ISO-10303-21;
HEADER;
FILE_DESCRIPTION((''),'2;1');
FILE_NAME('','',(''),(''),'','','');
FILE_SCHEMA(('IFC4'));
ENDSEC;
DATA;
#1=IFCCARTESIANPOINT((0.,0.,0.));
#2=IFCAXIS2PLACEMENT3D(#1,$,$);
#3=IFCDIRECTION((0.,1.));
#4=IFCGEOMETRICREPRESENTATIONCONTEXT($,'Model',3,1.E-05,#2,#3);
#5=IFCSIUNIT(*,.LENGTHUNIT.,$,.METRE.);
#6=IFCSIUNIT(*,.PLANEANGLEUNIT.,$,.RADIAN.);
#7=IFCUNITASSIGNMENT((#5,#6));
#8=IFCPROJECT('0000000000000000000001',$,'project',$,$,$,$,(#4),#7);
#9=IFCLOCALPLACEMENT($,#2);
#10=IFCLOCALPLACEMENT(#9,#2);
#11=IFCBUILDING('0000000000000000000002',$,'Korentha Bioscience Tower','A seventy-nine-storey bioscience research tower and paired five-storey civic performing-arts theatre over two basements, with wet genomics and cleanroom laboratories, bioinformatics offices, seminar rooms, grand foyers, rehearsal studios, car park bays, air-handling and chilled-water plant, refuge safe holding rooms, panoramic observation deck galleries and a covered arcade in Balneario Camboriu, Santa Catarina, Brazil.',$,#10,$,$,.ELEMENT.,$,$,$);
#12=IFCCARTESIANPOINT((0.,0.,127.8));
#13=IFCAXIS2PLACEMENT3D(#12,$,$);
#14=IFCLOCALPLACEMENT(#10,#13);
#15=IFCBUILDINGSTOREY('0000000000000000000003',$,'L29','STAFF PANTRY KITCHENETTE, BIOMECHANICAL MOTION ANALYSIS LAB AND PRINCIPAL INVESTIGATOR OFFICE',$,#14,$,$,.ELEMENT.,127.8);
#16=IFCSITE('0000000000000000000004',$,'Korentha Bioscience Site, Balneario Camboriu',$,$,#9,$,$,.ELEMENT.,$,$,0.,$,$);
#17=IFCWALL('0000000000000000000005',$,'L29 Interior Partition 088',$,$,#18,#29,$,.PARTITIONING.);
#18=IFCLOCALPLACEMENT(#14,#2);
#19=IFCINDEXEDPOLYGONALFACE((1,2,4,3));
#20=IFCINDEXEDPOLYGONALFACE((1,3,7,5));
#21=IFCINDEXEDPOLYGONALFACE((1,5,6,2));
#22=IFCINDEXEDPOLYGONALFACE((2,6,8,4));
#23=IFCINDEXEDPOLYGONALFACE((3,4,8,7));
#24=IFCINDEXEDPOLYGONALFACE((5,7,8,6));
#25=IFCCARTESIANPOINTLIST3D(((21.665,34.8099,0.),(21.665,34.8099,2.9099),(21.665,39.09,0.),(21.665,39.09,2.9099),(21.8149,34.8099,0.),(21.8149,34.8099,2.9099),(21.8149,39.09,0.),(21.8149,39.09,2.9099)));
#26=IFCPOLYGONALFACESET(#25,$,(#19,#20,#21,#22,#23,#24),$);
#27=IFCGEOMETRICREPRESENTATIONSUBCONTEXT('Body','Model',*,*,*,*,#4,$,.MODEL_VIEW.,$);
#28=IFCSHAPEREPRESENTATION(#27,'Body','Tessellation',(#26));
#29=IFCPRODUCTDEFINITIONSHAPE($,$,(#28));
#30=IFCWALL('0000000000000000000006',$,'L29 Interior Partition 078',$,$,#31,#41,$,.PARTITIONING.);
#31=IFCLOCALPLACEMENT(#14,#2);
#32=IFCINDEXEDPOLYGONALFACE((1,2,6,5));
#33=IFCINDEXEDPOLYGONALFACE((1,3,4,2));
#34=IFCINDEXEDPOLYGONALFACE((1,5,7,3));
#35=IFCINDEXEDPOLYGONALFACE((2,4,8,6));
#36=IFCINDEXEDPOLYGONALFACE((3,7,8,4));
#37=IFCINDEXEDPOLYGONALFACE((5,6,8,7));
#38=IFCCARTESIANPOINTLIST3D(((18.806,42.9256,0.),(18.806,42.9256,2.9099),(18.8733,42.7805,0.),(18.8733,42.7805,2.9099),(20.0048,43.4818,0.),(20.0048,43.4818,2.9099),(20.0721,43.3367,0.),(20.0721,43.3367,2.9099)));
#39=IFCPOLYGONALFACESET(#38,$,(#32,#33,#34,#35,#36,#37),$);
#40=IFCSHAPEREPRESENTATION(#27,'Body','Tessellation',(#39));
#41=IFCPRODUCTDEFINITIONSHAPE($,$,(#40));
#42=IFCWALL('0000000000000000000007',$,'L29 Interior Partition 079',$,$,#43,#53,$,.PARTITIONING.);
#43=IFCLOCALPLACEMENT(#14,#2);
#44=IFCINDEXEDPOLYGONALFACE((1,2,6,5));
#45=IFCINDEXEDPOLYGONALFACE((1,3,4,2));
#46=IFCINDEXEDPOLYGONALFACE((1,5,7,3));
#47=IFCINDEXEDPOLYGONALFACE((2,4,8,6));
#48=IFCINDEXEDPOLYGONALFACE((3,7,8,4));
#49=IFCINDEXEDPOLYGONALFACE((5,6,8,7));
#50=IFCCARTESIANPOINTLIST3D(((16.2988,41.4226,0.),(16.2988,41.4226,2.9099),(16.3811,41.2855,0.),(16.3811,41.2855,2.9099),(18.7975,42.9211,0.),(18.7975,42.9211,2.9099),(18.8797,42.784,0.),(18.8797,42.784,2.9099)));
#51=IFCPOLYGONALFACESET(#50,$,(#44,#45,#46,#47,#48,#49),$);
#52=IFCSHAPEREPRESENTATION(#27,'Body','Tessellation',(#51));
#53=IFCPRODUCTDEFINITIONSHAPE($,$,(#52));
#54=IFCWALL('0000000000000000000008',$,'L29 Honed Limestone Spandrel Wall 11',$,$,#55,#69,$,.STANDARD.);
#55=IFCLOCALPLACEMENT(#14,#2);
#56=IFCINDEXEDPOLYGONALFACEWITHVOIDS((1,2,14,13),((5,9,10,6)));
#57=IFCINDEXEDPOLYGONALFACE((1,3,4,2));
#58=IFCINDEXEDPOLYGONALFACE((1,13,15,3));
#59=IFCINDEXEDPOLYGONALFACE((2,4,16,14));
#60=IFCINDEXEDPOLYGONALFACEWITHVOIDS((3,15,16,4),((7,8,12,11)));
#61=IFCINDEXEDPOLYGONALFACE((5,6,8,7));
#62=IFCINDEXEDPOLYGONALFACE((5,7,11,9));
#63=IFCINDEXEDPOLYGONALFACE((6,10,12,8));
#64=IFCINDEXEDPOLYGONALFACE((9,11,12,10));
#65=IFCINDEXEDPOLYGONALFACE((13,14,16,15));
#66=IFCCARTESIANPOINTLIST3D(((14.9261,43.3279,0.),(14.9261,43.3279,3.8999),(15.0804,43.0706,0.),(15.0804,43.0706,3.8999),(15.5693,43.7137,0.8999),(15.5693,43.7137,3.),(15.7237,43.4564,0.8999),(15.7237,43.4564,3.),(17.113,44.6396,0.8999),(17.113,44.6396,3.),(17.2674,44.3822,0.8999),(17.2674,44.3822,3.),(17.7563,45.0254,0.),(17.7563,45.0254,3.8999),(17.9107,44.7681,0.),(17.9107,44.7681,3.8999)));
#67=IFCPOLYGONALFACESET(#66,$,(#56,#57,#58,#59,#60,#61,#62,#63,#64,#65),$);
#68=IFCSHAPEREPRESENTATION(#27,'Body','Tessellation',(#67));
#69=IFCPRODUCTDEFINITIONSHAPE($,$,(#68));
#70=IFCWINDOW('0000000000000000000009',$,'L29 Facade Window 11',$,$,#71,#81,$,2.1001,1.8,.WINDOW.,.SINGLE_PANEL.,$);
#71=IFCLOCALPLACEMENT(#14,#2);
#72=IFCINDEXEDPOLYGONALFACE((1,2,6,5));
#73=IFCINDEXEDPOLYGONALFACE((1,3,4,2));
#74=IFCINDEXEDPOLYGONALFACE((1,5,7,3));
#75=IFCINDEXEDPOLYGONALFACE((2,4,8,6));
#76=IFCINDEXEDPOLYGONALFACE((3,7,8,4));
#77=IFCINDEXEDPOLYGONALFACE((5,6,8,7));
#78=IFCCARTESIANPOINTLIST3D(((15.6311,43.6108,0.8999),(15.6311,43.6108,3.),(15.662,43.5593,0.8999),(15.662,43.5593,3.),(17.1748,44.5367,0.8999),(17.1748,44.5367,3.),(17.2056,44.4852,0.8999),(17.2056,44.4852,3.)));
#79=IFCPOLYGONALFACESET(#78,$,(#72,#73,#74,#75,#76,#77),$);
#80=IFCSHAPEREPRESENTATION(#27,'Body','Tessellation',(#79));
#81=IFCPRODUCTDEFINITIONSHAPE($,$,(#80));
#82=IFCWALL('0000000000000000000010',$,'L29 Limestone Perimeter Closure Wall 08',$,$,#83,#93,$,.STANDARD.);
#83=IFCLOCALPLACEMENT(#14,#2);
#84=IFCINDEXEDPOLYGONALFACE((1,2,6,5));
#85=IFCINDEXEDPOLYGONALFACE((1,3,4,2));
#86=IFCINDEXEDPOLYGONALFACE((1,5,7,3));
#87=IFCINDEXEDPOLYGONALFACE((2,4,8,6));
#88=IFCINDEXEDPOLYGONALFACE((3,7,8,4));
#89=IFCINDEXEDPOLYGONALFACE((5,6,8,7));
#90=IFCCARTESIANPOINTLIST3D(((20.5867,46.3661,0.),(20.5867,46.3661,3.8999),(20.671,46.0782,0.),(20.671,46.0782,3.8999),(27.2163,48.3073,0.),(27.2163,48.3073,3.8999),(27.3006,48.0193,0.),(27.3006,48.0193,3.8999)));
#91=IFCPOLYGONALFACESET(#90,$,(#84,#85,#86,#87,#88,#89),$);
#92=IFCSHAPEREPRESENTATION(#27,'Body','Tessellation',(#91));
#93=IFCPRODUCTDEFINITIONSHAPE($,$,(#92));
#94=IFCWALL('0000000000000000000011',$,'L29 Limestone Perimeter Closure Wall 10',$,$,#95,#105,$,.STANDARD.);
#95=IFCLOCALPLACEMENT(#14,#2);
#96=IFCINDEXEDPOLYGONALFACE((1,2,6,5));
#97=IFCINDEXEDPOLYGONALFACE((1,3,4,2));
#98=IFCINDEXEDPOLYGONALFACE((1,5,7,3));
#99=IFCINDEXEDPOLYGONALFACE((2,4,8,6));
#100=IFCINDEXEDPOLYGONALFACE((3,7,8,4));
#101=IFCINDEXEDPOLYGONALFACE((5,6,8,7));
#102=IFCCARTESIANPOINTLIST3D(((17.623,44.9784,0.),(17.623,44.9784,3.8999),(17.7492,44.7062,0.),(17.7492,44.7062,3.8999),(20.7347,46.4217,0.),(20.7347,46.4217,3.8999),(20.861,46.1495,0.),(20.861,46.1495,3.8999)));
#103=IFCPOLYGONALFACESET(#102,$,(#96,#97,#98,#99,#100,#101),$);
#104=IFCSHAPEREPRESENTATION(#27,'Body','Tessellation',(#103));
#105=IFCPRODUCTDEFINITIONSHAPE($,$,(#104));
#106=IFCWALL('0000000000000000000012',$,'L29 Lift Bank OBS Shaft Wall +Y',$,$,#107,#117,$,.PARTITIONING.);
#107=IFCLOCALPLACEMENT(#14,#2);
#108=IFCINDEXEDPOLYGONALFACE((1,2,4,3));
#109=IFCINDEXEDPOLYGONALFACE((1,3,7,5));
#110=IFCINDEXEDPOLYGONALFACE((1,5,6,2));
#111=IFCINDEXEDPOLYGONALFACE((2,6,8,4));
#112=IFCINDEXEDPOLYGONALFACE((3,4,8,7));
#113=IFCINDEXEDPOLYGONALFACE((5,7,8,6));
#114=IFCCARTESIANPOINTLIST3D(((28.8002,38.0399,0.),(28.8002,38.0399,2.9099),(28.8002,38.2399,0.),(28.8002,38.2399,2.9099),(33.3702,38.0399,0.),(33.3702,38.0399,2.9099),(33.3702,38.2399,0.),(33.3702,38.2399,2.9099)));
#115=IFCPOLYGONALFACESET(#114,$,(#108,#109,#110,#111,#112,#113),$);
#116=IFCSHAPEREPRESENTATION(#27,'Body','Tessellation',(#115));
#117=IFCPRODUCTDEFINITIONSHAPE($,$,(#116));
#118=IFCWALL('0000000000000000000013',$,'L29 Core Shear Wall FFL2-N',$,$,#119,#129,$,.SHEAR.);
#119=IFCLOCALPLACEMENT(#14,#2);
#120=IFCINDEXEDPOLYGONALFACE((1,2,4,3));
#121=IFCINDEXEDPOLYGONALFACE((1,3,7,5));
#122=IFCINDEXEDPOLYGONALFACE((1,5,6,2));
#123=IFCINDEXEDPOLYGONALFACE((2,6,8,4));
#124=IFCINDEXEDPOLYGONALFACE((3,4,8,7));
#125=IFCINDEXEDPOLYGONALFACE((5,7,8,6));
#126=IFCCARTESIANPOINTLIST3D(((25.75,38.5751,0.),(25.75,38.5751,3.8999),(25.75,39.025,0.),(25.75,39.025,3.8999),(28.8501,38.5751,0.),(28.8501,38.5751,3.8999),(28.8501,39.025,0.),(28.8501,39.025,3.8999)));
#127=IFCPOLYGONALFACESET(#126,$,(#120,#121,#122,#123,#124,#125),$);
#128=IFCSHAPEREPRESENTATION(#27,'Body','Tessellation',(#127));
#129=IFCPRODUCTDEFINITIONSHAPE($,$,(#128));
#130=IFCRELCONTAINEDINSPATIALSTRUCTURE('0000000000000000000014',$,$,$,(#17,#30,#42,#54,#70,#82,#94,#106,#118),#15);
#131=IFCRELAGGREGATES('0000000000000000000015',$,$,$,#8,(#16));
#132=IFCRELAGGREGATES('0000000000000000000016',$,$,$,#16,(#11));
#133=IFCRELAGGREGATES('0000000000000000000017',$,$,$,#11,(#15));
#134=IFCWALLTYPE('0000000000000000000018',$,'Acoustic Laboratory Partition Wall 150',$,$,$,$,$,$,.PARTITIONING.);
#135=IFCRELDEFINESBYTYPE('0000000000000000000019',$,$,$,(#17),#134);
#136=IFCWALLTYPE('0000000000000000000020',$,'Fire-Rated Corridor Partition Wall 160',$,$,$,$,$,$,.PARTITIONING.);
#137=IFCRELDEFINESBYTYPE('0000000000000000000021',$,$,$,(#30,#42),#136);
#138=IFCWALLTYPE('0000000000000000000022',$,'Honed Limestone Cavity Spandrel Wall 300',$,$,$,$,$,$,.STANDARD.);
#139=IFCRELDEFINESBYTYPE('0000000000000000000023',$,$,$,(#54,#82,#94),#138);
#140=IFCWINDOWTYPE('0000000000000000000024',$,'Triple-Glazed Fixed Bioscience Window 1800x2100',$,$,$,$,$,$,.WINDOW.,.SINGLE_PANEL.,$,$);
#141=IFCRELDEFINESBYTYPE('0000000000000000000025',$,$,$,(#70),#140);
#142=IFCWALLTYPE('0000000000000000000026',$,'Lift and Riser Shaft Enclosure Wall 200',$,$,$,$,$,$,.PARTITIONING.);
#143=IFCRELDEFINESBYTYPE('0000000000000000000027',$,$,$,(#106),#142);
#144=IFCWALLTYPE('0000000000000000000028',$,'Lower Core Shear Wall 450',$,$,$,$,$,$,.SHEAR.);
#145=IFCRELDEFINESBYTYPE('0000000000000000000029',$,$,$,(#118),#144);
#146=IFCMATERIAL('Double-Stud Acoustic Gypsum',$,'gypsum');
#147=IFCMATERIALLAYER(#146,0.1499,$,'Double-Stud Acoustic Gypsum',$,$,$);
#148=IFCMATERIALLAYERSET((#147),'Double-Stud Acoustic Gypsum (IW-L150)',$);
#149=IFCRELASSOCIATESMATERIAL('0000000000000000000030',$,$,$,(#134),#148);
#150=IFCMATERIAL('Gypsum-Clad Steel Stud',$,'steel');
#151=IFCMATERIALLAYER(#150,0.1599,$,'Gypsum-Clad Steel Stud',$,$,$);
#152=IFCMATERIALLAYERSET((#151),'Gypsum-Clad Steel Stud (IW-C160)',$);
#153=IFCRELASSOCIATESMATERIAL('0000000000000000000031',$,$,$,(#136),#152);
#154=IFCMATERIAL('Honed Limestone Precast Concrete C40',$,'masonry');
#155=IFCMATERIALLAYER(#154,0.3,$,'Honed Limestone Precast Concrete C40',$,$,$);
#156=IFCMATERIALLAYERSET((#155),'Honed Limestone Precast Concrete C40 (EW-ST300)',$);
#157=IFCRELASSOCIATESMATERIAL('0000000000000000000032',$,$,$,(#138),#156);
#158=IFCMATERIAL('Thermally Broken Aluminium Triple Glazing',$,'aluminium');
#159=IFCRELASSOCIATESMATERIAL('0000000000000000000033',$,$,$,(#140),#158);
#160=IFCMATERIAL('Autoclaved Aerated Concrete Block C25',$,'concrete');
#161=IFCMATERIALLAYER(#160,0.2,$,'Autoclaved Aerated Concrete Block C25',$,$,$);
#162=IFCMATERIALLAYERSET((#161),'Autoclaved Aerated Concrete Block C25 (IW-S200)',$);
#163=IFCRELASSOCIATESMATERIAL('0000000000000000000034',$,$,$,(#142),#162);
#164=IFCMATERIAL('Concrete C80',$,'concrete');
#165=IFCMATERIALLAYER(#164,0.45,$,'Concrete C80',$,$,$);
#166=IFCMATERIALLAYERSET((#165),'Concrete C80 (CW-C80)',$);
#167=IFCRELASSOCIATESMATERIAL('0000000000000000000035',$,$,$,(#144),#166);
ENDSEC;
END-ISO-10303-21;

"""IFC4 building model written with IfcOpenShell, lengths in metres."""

from ifc_helpers import new_model, si_unit, direction, frame, frame_2d, origin, place, context, subcontext, project, spatial, rectangle, extrude, material, layer, layer_set, type_object, element, fill, save


model = new_model("IFC4")

# Units and contexts
model_context = context("Model", 3, precision=1e-05, world=origin(), true_north=direction((0.0, 1.0)))
body_context = subcontext(model_context, "Body", "Model", "MODEL_VIEW")
ifc_project = project(units=[si_unit("LENGTHUNIT", "METRE"), si_unit("PLANEANGLEUNIT", "RADIAN")], contexts=[model_context])

# Site, building, storey
site_placement = place(None, origin())
site = spatial("IfcSite", under=ifc_project, at=site_placement, Name="Korentha Bioscience Site, Balneario Camboriu", CompositionType="ELEMENT", RefElevation=0.0)
building_placement = place(site_placement, origin())
building = spatial("IfcBuilding", under=site, at=building_placement, Name="Korentha Bioscience Tower", Description="A seventy-nine-storey bioscience research tower and paired five-storey civic performing-arts theatre over two basements, with wet genomics and cleanroom laboratories, bioinformatics offices, seminar rooms, grand foyers, rehearsal studios, car park bays, air-handling and chilled-water plant, refuge safe holding rooms, panoramic observation deck galleries and a covered arcade in Balneario Camboriu, Santa Catarina, Brazil.", CompositionType="ELEMENT")
storey_placement = place(building_placement, frame((0.0, 0.0, 127.8)))
storey = spatial("IfcBuildingStorey", under=building, at=storey_placement, Name="L29", Description="STAFF PANTRY KITCHENETTE, BIOMECHANICAL MOTION ANALYSIS LAB AND PRINCIPAL INVESTIGATOR OFFICE", CompositionType="ELEMENT", Elevation=127.8)

# Shared definitions
ifc_material_1 = material(Name="Concrete C80", Category="concrete")

# Walls
ifc_material_2 = material(Name="Double-Stud Acoustic Gypsum", Category="gypsum")
ifc_layer_1 = layer(ifc_material_2, 0.1499, Name="Double-Stud Acoustic Gypsum")
ifc_layer_set_1 = layer_set([ifc_layer_1], Name="Double-Stud Acoustic Gypsum (IW-L150)")
wall_type_1 = type_object("IfcWallType", Name="Acoustic Laboratory Partition Wall 150", PredefinedType="PARTITIONING", material=ifc_layer_set_1)
wall_1_placement = place(storey_placement, frame((21.74, 39.0901, 0.0), z_axis=(0.0, 0.0, 1.0), x_axis=(0.0, -1.0, 0.0)))
element("IfcWall", 1, at=wall_1_placement, inside=storey, type_object=wall_type_1, Name="L29 Interior Partition 088", PredefinedType="PARTITIONING", context=body_context, shape_type="SweptSolid", body=[
    extrude(rectangle(XDim=4.28, YDim=0.1499, at=frame_2d((2.1401, 0.0))), origin(), (0.0, 0.0, 1.0), 2.9099),
])
ifc_material_3 = material(Name="Gypsum-Clad Steel Stud", Category="steel")
ifc_layer_2 = layer(ifc_material_3, 0.1599, Name="Gypsum-Clad Steel Stud")
ifc_layer_set_2 = layer_set([ifc_layer_2], Name="Gypsum-Clad Steel Stud (IW-C160)")
wall_type_2 = type_object("IfcWallType", Name="Fire-Rated Corridor Partition Wall 160", PredefinedType="PARTITIONING", material=ifc_layer_set_2)
wall_2_placement = place(storey_placement, frame((20.0383, 43.4092, 0.0), z_axis=(0.0, 0.0, 1.0), x_axis=(-0.907125, -0.420862, 0.0)))
element("IfcWall", 2, at=wall_2_placement, inside=storey, type_object=wall_type_2, Name="L29 Interior Partition 078", PredefinedType="PARTITIONING", context=body_context, shape_type="SweptSolid", body=[
    extrude(rectangle(XDim=1.3215, YDim=0.1599, at=frame_2d((0.6606, 0.0))), origin(), (0.0, 0.0, 1.0), 2.9099),
])
wall_3_placement = place(storey_placement, frame((18.8386, 42.8525, 0.0), z_axis=(0.0, 0.0, 1.0), x_axis=(-0.857604, -0.514311, 0.0)))
element("IfcWall", 3, at=wall_3_placement, inside=storey, type_object=wall_type_2, Name="L29 Interior Partition 079", PredefinedType="PARTITIONING", context=body_context, shape_type="SweptSolid", body=[
    extrude(rectangle(XDim=2.9136, YDim=0.1599, at=frame_2d((1.4568, 0.0))), origin(), (0.0, 0.0, 1.0), 2.9099),
])

# Wall, opening, window
ifc_material_4 = material(Name="Honed Limestone Precast Concrete C40", Category="masonry")
ifc_layer_3 = layer(ifc_material_4, 0.3, Name="Honed Limestone Precast Concrete C40")
ifc_layer_set_3 = layer_set([ifc_layer_3], Name="Honed Limestone Precast Concrete C40 (EW-ST300)")
wall_type_3 = type_object("IfcWallType", Name="Honed Limestone Cavity Spandrel Wall 300", PredefinedType="STANDARD", material=ifc_layer_set_3)
wall_4_placement = place(storey_placement, frame((17.8335, 44.8967, 0.0), z_axis=(0.0, 0.0, 1.0), x_axis=(-0.857584, -0.514343, 0.0)))
wall_4 = element("IfcWall", 4, at=wall_4_placement, inside=storey, type_object=wall_type_3, Name="L29 Honed Limestone Spandrel Wall 11", PredefinedType="STANDARD", context=body_context, shape_type="SweptSolid", body=[
    extrude(rectangle(XDim=3.3003, YDim=0.3, at=frame_2d((1.6501, 0.0))), origin(), (0.0, 0.0, 1.0), 3.8999),
])
opening_placement = place(wall_4_placement, frame((0.7502, 0.0, 0.8999)))
opening = element("IfcOpeningElement", 5, at=opening_placement, cuts=wall_4, PredefinedType="OPENING", context=body_context, shape_type="SweptSolid", body=[
    extrude(rectangle(XDim=1.8, YDim=2.1001, at=frame_2d((0.8999, 1.05))), frame((0.0, 0.165, 0.0), z_axis=(0.0, -1.0, 0.0), x_axis=(1.0, 0.0, 0.0)), (0.0, 0.0, 1.0), 0.3298),
])
ifc_material_5 = material(Name="Thermally Broken Aluminium Triple Glazing", Category="aluminium")
window_type = type_object("IfcWindowType", Name="Triple-Glazed Fixed Bioscience Window 1800x2100", PartitioningType="SINGLE_PANEL", PredefinedType="WINDOW", material=ifc_material_5)
window_placement = place(opening_placement, origin())
window = element("IfcWindow", 6, at=window_placement, inside=storey, type_object=window_type, Name="L29 Facade Window 11", OverallHeight=2.1001, OverallWidth=1.8, PartitioningType="SINGLE_PANEL", PredefinedType="WINDOW", context=body_context, shape_type="SweptSolid", body=[
    extrude(rectangle(XDim=1.8, YDim=2.1001, at=frame_2d((0.8999, 1.05))), frame((0.0, 0.03, 0.0), z_axis=(0.0, -1.0, 0.0), x_axis=(1.0, 0.0, 0.0)), (0.0, 0.0, 1.0), 0.0601),
])
fill(opening, window)

# Walls
wall_5_placement = place(storey_placement, frame((27.2585, 48.1633, 0.0), z_axis=(0.0, 0.0, 1.0), x_axis=(-0.959707, -0.281003, 0.0)))
element("IfcWall", 7, at=wall_5_placement, inside=storey, type_object=wall_type_3, Name="L29 Limestone Perimeter Closure Wall 08", PredefinedType="STANDARD", context=body_context, shape_type="SweptSolid", body=[
    extrude(rectangle(XDim=6.908, YDim=0.3, at=frame_2d((3.4541, 0.0))), origin(), (0.0, 0.0, 1.0), 3.8999),
])
wall_6_placement = place(storey_placement, frame((20.7979, 46.2856, 0.0), z_axis=(0.0, 0.0, 1.0), x_axis=(-0.907166, -0.420773, 0.0)))
element("IfcWall", 8, at=wall_6_placement, inside=storey, type_object=wall_type_3, Name="L29 Limestone Perimeter Closure Wall 10", PredefinedType="STANDARD", context=body_context, shape_type="SweptSolid", body=[
    extrude(rectangle(XDim=3.4302, YDim=0.3, at=frame_2d((1.7151, 0.0))), origin(), (0.0, 0.0, 1.0), 3.8999),
])
ifc_material_6 = material(Name="Autoclaved Aerated Concrete Block C25", Category="concrete")
ifc_layer_4 = layer(ifc_material_6, 0.2, Name="Autoclaved Aerated Concrete Block C25")
ifc_layer_set_4 = layer_set([ifc_layer_4], Name="Autoclaved Aerated Concrete Block C25 (IW-S200)")
wall_type_4 = type_object("IfcWallType", Name="Lift and Riser Shaft Enclosure Wall 200", PredefinedType="PARTITIONING", material=ifc_layer_set_4)
wall_7_placement = place(storey_placement, frame((28.8, 38.1399, 0.0), z_axis=(0.0, 0.0, 1.0), x_axis=(1.0, 0.0, 0.0)))
element("IfcWall", 9, at=wall_7_placement, inside=storey, type_object=wall_type_4, Name="L29 Lift Bank OBS Shaft Wall +Y", PredefinedType="PARTITIONING", context=body_context, shape_type="SweptSolid", body=[
    extrude(rectangle(XDim=4.5701, YDim=0.2, at=frame_2d((2.2852, 0.0))), origin(), (0.0, 0.0, 1.0), 2.9099),
])
ifc_layer_5 = layer(ifc_material_1, 0.45, Name="Concrete C80")
ifc_layer_set_5 = layer_set([ifc_layer_5], Name="Concrete C80 (CW-C80)")
wall_type_5 = type_object("IfcWallType", Name="Lower Core Shear Wall 450", PredefinedType="SHEAR", material=ifc_layer_set_5)
wall_8_placement = place(storey_placement, frame((25.75, 38.8, 0.0), z_axis=(0.0, 0.0, 1.0), x_axis=(1.0, 0.0, 0.0)))
element("IfcWall", 10, at=wall_8_placement, inside=storey, type_object=wall_type_5, Name="L29 Core Shear Wall FFL2-N", PredefinedType="SHEAR", context=body_context, shape_type="SweptSolid", body=[
    extrude(rectangle(XDim=3.1001, YDim=0.45, at=frame_2d((1.55, 0.0))), origin(), (0.0, 0.0, 1.0), 3.8999),
])

save(model, "model.ifc")
